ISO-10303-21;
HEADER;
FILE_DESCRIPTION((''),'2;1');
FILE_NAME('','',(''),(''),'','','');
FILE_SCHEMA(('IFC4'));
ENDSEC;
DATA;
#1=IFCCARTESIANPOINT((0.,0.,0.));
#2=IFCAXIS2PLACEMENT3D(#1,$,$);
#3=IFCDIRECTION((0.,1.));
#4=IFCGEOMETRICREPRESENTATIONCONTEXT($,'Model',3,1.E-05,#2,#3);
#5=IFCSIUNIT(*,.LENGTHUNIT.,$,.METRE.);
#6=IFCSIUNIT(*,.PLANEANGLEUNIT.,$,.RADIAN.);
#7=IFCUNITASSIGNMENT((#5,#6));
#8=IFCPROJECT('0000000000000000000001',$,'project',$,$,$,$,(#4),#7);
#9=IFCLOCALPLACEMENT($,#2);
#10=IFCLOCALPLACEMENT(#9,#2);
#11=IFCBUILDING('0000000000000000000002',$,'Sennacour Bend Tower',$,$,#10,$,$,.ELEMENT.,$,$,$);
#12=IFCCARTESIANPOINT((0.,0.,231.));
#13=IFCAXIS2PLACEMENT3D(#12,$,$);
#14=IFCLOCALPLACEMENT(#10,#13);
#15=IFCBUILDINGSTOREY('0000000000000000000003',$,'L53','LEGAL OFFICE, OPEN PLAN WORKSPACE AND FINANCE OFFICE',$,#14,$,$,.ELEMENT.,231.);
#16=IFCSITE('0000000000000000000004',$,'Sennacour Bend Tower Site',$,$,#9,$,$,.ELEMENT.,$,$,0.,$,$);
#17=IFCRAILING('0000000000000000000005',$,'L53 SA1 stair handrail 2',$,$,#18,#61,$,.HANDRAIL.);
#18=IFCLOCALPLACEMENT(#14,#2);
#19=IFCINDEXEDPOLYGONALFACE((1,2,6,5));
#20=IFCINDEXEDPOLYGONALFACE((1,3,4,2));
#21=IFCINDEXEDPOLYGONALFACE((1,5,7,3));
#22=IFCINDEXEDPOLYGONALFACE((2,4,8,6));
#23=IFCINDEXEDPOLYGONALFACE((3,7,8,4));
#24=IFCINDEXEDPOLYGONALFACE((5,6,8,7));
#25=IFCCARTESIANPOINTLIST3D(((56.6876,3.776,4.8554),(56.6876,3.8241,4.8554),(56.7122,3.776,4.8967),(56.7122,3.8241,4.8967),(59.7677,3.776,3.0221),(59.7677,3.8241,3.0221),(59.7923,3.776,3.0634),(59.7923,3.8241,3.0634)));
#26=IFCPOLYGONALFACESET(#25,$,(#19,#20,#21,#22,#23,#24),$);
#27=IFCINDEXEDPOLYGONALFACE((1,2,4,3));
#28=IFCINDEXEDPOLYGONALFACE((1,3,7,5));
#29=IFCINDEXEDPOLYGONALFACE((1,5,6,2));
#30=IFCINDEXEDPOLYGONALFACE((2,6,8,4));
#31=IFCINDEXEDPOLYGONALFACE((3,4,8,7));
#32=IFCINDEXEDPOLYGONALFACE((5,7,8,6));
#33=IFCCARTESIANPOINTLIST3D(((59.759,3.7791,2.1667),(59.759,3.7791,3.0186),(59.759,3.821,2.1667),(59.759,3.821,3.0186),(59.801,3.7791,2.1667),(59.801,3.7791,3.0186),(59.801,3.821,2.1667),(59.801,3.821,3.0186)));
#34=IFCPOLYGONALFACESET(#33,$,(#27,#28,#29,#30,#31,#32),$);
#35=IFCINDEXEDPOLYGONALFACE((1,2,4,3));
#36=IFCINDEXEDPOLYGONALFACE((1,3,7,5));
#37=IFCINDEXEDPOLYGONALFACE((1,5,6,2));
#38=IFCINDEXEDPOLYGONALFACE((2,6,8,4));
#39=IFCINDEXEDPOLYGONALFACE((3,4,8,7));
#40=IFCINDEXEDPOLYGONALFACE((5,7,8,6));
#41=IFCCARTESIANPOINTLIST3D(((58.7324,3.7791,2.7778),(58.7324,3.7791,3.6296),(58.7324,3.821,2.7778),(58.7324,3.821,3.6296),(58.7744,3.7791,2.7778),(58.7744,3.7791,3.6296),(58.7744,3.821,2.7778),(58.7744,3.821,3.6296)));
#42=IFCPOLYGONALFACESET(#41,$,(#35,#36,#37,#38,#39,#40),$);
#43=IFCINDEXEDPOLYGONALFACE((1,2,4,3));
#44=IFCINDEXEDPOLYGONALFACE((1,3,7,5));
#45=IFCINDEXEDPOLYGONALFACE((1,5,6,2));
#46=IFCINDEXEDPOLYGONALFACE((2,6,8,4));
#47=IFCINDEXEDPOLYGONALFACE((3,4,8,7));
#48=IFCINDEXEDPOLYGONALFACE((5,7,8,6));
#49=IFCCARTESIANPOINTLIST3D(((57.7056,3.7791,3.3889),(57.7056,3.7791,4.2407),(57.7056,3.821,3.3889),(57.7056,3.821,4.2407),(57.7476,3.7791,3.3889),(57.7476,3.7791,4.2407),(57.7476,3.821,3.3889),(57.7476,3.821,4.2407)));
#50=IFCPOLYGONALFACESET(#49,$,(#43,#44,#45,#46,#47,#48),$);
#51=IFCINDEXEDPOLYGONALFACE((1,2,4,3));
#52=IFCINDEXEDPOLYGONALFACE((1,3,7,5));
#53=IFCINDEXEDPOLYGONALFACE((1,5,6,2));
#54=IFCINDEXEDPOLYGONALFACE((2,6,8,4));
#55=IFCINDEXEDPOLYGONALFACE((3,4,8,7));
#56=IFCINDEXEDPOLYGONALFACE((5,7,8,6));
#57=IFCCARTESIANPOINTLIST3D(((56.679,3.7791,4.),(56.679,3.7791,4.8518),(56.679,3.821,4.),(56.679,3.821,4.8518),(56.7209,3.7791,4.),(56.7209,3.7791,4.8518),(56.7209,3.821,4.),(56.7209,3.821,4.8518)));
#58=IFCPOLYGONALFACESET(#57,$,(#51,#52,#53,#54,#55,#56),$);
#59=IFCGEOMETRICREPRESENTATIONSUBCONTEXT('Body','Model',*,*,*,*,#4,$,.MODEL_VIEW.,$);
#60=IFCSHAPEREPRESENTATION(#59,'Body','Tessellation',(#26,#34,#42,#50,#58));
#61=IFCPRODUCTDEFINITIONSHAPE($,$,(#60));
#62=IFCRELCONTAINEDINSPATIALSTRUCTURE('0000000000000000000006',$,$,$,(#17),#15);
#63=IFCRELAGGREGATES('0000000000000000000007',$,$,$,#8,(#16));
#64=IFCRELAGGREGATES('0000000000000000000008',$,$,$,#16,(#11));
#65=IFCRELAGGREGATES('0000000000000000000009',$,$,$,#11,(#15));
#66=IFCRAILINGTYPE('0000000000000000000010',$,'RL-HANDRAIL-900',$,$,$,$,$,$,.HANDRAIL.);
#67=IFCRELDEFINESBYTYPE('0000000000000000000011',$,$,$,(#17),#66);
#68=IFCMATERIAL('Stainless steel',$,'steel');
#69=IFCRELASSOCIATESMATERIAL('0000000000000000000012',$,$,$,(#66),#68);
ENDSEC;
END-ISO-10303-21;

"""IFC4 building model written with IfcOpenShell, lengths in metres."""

from ifc_helpers import new_model, si_unit, direction, frame, origin, origin_2d, place, context, subcontext, project, spatial, rectangle, extrude, material, type_object, element, save


model = new_model("IFC4")

# Units and contexts
model_context = context("Model", 3, precision=1e-05, world=origin(), true_north=direction((0.0, 1.0)))
body_context = subcontext(model_context, "Body", "Model", "MODEL_VIEW")
ifc_project = project(units=[si_unit("LENGTHUNIT", "METRE"), si_unit("PLANEANGLEUNIT", "RADIAN")], contexts=[model_context])

# Site, building, storey
site_placement = place(None, origin())
site = spatial("IfcSite", under=ifc_project, at=site_placement, Name="Sennacour Bend Tower Site", CompositionType="ELEMENT", RefElevation=0.0)
building_placement = place(site_placement, origin())
building = spatial("IfcBuilding", under=site, at=building_placement, Name="Sennacour Bend Tower", CompositionType="ELEMENT")
storey_placement = place(building_placement, frame((0.0, 0.0, 231.0)))
storey = spatial("IfcBuildingStorey", under=building, at=storey_placement, Name="L53", Description="LEGAL OFFICE, OPEN PLAN WORKSPACE AND FINANCE OFFICE", CompositionType="ELEMENT", Elevation=231.0)

# Shared definitions
ifc_material_1 = material(Name="Stainless steel", Category="steel")

# Railing
railing_type_1 = type_object("IfcRailingType", Name="RL-HANDRAIL-900", PredefinedType="HANDRAIL", material=ifc_material_1)
railing_1_placement = place(storey_placement, frame((59.78, 3.8, 2.1667)))
element("IfcRailing", 1, at=railing_1_placement, inside=storey, type_object=railing_type_1, Name="L53 SA1 stair handrail 2", PredefinedType="HANDRAIL", context=body_context, shape_type="SweptSolid", body=[
    extrude(rectangle(XDim=0.0481, YDim=0.0481, at=origin_2d()), frame((0.0, 0.0, 0.876), z_axis=(-0.859309, 0.0, 0.511458), x_axis=(0.0, -1.0, 0.0)), (0.0, 0.0, 1.0), 3.5845),
    extrude(rectangle(XDim=0.042, YDim=0.042, at=origin_2d()), origin(), (0.0, 0.0, 1.0), 0.8518),
    extrude(rectangle(XDim=0.042, YDim=0.042, at=origin_2d()), frame((-1.0266, 0.0, 0.6111)), (0.0, 0.0, 1.0), 0.8518),
    extrude(rectangle(XDim=0.042, YDim=0.042, at=origin_2d()), frame((-2.0535, 0.0, 1.2222)), (0.0, 0.0, 1.0), 0.8518),
    extrude(rectangle(XDim=0.042, YDim=0.042, at=origin_2d()), frame((-3.0801, 0.0, 1.8333)), (0.0, 0.0, 1.0), 0.8518),
])

save(model, "model.ifc")
